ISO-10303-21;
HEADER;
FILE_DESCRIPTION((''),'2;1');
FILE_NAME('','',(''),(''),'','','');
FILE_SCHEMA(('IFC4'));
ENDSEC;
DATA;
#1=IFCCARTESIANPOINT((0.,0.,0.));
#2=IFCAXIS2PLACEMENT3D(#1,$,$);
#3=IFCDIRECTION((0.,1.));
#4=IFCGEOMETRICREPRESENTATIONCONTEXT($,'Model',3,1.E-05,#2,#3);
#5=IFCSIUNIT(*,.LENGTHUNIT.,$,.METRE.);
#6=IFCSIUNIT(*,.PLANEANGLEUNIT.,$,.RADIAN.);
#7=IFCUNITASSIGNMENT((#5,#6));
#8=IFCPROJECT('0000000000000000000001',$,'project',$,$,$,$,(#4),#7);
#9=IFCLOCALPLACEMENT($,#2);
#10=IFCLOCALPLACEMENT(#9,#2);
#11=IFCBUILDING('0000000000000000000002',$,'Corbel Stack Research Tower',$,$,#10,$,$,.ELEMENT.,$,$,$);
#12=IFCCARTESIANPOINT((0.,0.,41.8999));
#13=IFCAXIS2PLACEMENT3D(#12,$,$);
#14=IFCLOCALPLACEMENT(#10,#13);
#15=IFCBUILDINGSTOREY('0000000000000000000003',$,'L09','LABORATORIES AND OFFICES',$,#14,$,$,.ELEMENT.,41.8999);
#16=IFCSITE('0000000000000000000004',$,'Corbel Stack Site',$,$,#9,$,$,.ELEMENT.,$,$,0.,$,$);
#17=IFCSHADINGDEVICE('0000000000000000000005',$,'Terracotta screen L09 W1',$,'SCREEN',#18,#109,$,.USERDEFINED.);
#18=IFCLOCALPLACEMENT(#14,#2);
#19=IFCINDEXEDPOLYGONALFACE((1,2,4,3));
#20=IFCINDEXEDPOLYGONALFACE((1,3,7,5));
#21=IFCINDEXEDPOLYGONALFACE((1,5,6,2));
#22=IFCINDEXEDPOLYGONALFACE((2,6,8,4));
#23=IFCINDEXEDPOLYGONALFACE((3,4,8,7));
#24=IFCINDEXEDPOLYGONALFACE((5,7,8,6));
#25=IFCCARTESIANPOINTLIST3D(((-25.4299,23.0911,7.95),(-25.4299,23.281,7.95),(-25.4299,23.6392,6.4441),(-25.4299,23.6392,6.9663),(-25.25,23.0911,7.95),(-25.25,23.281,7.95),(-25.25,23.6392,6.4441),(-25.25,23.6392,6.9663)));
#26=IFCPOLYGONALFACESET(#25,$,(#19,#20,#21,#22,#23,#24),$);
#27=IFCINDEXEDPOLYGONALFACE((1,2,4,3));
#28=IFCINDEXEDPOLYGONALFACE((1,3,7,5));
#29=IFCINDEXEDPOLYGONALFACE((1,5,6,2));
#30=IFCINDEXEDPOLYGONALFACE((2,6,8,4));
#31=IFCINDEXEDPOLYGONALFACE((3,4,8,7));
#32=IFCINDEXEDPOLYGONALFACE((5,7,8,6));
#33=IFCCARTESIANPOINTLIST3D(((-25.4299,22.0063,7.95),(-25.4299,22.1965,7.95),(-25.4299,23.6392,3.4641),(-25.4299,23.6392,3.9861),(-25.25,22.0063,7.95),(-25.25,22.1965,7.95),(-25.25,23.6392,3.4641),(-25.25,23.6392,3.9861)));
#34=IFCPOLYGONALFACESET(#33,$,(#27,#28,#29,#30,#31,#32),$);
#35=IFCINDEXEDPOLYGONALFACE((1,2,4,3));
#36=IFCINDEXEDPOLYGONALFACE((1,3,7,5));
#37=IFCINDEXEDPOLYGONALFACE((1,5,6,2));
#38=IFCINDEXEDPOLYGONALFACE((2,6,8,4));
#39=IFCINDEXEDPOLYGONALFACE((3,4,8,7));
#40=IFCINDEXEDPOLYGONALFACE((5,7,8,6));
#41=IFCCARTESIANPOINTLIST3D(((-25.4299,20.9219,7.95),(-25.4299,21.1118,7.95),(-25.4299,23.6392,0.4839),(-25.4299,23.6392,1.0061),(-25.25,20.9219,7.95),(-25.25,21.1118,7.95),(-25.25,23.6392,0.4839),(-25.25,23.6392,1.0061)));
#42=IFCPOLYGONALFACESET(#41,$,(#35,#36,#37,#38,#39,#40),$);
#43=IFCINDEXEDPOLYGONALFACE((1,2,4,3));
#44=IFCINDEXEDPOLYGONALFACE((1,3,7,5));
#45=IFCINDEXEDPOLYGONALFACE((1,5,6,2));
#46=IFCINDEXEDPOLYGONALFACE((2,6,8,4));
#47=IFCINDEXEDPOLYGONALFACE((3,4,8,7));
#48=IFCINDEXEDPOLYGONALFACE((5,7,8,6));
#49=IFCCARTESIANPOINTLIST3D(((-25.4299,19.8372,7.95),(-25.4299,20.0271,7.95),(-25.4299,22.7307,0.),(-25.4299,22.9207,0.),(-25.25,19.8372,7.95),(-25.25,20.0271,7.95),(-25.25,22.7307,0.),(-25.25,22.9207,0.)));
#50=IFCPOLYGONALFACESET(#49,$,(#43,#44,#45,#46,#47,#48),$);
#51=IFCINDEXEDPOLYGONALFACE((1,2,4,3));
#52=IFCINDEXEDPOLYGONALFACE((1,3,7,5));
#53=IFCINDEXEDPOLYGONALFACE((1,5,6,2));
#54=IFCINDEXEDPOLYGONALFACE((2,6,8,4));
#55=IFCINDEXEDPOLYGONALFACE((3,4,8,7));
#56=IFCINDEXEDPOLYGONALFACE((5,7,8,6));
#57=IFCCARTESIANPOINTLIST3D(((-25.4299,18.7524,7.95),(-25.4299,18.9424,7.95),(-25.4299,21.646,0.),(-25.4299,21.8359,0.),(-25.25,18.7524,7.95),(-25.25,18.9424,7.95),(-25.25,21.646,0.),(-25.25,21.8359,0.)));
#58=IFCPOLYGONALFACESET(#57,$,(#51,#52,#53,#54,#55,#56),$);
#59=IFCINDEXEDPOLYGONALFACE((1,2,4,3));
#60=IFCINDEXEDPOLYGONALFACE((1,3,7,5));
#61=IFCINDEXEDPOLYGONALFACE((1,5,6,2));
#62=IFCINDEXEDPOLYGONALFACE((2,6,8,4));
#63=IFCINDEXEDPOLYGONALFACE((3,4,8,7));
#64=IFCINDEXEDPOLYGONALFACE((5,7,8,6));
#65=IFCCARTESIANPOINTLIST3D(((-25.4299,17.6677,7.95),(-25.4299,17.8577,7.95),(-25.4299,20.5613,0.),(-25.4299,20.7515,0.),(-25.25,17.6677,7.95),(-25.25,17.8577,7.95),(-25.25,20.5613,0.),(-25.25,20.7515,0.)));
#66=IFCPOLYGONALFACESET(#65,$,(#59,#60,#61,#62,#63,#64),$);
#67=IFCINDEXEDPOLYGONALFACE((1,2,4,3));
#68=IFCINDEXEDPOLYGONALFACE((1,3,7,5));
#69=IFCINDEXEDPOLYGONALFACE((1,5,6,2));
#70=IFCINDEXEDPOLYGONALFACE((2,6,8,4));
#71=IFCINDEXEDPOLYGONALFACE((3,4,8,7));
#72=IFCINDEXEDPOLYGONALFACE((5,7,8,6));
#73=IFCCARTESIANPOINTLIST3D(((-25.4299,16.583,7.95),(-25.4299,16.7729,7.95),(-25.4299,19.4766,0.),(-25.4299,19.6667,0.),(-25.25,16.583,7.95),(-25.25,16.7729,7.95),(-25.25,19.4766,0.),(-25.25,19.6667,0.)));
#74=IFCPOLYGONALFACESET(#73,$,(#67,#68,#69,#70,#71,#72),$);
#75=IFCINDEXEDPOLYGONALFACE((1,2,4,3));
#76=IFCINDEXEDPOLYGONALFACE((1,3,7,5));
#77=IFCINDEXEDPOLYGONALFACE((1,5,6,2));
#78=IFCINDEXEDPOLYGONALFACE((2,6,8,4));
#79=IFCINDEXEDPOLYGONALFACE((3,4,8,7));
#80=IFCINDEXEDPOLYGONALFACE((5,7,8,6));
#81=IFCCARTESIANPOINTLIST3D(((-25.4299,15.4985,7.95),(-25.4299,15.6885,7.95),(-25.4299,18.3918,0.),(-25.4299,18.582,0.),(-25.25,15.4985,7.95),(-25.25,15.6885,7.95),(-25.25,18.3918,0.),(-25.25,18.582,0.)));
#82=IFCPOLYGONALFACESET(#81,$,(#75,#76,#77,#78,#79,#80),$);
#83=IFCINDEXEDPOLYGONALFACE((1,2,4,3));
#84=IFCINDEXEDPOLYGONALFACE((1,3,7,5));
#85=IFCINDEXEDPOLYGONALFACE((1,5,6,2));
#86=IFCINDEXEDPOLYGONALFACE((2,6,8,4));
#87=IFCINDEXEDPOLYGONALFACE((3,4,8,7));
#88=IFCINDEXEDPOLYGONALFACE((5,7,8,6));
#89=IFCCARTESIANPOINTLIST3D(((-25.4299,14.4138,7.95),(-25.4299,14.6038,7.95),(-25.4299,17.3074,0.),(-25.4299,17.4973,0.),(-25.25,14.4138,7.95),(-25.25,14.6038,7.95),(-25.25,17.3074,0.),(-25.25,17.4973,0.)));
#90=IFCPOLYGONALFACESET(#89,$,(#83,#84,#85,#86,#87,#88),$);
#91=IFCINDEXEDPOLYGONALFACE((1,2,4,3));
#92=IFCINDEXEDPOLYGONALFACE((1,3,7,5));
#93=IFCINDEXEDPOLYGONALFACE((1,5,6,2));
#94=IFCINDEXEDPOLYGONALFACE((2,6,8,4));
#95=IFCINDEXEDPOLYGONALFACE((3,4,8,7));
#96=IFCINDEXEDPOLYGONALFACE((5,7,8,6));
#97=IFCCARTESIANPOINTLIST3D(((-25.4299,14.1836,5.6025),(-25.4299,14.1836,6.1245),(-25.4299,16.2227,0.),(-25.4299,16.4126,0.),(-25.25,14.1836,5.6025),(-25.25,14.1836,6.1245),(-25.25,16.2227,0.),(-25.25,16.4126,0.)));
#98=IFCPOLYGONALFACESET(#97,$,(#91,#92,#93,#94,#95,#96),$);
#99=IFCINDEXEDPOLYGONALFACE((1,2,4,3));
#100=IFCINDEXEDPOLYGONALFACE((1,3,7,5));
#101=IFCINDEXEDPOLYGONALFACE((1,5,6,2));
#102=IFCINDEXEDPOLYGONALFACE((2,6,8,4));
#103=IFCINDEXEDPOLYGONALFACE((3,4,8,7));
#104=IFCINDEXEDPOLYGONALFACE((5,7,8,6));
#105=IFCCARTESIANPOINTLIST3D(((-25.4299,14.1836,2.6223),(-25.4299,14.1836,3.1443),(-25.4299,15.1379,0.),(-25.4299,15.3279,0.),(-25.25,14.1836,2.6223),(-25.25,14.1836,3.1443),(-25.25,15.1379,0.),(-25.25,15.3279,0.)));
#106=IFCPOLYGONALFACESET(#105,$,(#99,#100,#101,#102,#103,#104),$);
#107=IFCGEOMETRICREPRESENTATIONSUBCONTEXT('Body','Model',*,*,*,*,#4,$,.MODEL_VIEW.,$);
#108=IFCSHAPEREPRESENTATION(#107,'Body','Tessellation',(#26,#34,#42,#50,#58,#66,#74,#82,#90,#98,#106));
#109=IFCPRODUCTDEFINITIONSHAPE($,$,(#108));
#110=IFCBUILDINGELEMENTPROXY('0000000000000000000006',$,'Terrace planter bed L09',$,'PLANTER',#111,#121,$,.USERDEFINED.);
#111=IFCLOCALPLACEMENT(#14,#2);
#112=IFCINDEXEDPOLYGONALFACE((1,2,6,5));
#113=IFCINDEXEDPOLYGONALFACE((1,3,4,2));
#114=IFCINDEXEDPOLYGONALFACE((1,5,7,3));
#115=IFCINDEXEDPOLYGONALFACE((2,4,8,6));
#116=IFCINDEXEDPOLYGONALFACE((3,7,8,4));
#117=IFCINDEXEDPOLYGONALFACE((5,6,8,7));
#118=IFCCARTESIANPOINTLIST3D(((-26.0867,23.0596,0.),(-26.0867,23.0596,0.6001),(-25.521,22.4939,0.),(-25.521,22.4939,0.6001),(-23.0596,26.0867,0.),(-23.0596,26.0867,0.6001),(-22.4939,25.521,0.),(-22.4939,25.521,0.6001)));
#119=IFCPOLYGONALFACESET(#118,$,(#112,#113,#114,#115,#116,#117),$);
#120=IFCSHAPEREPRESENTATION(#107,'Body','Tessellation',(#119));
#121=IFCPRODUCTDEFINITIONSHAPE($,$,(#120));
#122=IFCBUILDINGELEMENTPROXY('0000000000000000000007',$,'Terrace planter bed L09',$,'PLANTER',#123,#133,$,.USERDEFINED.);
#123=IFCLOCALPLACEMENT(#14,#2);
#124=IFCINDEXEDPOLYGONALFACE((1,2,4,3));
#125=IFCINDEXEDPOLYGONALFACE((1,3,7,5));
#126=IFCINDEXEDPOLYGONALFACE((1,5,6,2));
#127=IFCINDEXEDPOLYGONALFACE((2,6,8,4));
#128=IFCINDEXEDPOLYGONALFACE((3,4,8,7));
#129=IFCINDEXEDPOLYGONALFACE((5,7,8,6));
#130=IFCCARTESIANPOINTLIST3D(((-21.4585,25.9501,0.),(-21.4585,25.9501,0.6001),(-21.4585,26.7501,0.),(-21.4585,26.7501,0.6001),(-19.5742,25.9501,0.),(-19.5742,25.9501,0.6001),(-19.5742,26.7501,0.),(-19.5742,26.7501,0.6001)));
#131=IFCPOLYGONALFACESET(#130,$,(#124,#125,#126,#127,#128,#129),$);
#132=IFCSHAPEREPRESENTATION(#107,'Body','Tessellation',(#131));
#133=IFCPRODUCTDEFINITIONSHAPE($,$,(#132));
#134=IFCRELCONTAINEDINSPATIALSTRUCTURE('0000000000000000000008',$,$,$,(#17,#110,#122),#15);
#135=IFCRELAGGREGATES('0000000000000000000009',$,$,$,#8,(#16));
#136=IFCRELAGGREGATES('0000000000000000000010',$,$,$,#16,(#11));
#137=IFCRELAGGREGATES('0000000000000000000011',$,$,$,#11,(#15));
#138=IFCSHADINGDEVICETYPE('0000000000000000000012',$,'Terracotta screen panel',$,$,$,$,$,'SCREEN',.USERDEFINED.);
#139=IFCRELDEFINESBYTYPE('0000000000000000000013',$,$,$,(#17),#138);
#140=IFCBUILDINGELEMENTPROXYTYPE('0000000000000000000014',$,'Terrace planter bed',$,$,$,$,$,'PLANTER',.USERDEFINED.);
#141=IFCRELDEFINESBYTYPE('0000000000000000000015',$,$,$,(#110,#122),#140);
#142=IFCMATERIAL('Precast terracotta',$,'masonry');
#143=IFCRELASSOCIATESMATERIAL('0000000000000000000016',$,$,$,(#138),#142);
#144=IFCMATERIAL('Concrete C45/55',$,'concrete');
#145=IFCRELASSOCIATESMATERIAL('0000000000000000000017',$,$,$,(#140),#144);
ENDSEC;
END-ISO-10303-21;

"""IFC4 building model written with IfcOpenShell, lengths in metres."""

from ifc_helpers import new_model, si_unit, direction, frame, origin, origin_2d, place, context, subcontext, project, spatial, polyline, rectangle, outline, extrude, source, transform, mapped, material, type_object, element, save


model = new_model("IFC4")

# Units and contexts
model_context = context("Model", 3, precision=1e-05, world=origin(), true_north=direction((0.0, 1.0)))
body_context = subcontext(model_context, "Body", "Model", "MODEL_VIEW")
ifc_project = project(units=[si_unit("LENGTHUNIT", "METRE"), si_unit("PLANEANGLEUNIT", "RADIAN")], contexts=[model_context])

# Site, building, storey
site_placement = place(None, origin())
site = spatial("IfcSite", under=ifc_project, at=site_placement, Name="Corbel Stack Site", CompositionType="ELEMENT", RefElevation=0.0)
building_placement = place(site_placement, origin())
building = spatial("IfcBuilding", under=site, at=building_placement, Name="Corbel Stack Research Tower", CompositionType="ELEMENT")
storey_placement = place(building_placement, frame((0.0, 0.0, 41.8999)))
storey = spatial("IfcBuildingStorey", under=building, at=storey_placement, Name="L09", Description="LABORATORIES AND OFFICES", CompositionType="ELEMENT", Elevation=41.8999)

# Shading device
ifc_material_1 = material(Name="Precast terracotta", Category="masonry")
shading_device_type = type_object("IfcShadingDeviceType", Name="Terracotta screen panel", ElementType="SCREEN", PredefinedType="USERDEFINED", material=ifc_material_1)
shared_shape = source(origin(), body_context, "Body", "SweptSolid", [
    extrude(outline(polyline([(0.5481, 7.95), (0.3582, 7.95), (0.0, 6.9663), (0.0, 6.4441), (0.5481, 7.95)])), frame((0.0, 0.0, 0.0), z_axis=(0.0, -1.0, 0.0), x_axis=(1.0, 0.0, 0.0)), (0.0, 0.0, 1.0), 0.1799),
    extrude(outline(polyline([(1.6328, 7.95), (1.4426, 7.95), (0.0, 3.9861), (0.0, 3.4641), (1.6328, 7.95)])), frame((0.0, 0.0, 0.0), z_axis=(0.0, -1.0, 0.0), x_axis=(1.0, 0.0, 0.0)), (0.0, 0.0, 1.0), 0.1799),
    extrude(outline(polyline([(2.7173, 7.95), (2.5273, 7.95), (0.0, 1.0061), (0.0, 0.4839), (2.7173, 7.95)])), frame((0.0, 0.0, 0.0), z_axis=(0.0, -1.0, 0.0), x_axis=(1.0, 0.0, 0.0)), (0.0, 0.0, 1.0), 0.1799),
    extrude(outline(polyline([(0.9084, 0.0), (3.802, 7.95), (3.6121, 7.95), (0.7185, 0.0), (0.9084, 0.0)])), frame((0.0, 0.0, 0.0), z_axis=(0.0, -1.0, 0.0), x_axis=(1.0, 0.0, 0.0)), (0.0, 0.0, 1.0), 0.1799),
    extrude(outline(polyline([(1.9932, 0.0), (4.8867, 7.95), (4.6968, 7.95), (1.8032, 0.0), (1.9932, 0.0)])), frame((0.0, 0.0, 0.0), z_axis=(0.0, -1.0, 0.0), x_axis=(1.0, 0.0, 0.0)), (0.0, 0.0, 1.0), 0.1799),
    extrude(outline(polyline([(3.0779, 0.0), (5.9714, 7.95), (5.7815, 7.95), (2.8877, 0.0), (3.0779, 0.0)])), frame((0.0, 0.0, 0.0), z_axis=(0.0, -1.0, 0.0), x_axis=(1.0, 0.0, 0.0)), (0.0, 0.0, 1.0), 0.1799),
    extrude(outline(polyline([(4.1626, 0.0), (7.0562, 7.95), (6.8662, 7.95), (3.9724, 0.0), (4.1626, 0.0)])), frame((0.0, 0.0, 0.0), z_axis=(0.0, -1.0, 0.0), x_axis=(1.0, 0.0, 0.0)), (0.0, 0.0, 1.0), 0.1799),
    extrude(outline(polyline([(5.2473, 0.0), (8.1406, 7.95), (7.9507, 7.95), (5.0571, 0.0), (5.2473, 0.0)])), frame((0.0, 0.0, 0.0), z_axis=(0.0, -1.0, 0.0), x_axis=(1.0, 0.0, 0.0)), (0.0, 0.0, 1.0), 0.1799),
    extrude(outline(polyline([(6.3318, 0.0), (9.2253, 7.95), (9.0354, 7.95), (6.1418, 0.0), (6.3318, 0.0)])), frame((0.0, 0.0, 0.0), z_axis=(0.0, -1.0, 0.0), x_axis=(1.0, 0.0, 0.0)), (0.0, 0.0, 1.0), 0.1799),
    extrude(outline(polyline([(7.4165, 0.0), (9.4556, 5.6025), (9.4556, 6.1245), (7.2266, 0.0), (7.4165, 0.0)])), frame((0.0, 0.0, 0.0), z_axis=(0.0, -1.0, 0.0), x_axis=(1.0, 0.0, 0.0)), (0.0, 0.0, 1.0), 0.1799),
    extrude(outline(polyline([(8.5012, 0.0), (9.4556, 2.6223), (9.4556, 3.1443), (8.3113, 0.0), (8.5012, 0.0)])), frame((0.0, 0.0, 0.0), z_axis=(0.0, -1.0, 0.0), x_axis=(1.0, 0.0, 0.0)), (0.0, 0.0, 1.0), 0.1799),
])
shading_device_placement = place(storey_placement, frame((-25.25, 23.6392, 0.0), z_axis=(0.0, 0.0, 1.0), x_axis=(0.0, -1.0, 0.0)))
element("IfcShadingDevice", 1, at=shading_device_placement, inside=storey, type_object=shading_device_type, Name="Terracotta screen L09 W1", ObjectType="SCREEN", PredefinedType="USERDEFINED", context=body_context, shape_type="MappedRepresentation", body=[
    mapped(shared_shape, transform((0.0, 0.0, 0.0))),
])

# Building element proxies
ifc_material_2 = material(Name="Concrete C45/55", Category="concrete")
building_element_proxy_type = type_object("IfcBuildingElementProxyType", Name="Terrace planter bed", ElementType="PLANTER", PredefinedType="USERDEFINED", material=ifc_material_2)
proxy_1_placement = place(storey_placement, frame((-24.2903, 24.2903, 0.0), z_axis=(0.0, 0.0, 1.0), x_axis=(0.707107, 0.707107, 0.0)))
element("IfcBuildingElementProxy", 2, at=proxy_1_placement, inside=storey, type_object=building_element_proxy_type, Name="Terrace planter bed L09", ObjectType="PLANTER", PredefinedType="USERDEFINED", context=body_context, shape_type="SweptSolid", body=[
    extrude(rectangle(XDim=4.281, YDim=0.8, at=origin_2d()), origin(), (0.0, 0.0, 1.0), 0.6001),
])
proxy_2_placement = place(storey_placement, frame((-20.5164, 26.3501, 0.0), z_axis=(0.0, 0.0, 1.0), x_axis=(1.0, 0.0, 0.0)))
element("IfcBuildingElementProxy", 3, at=proxy_2_placement, inside=storey, type_object=building_element_proxy_type, Name="Terrace planter bed L09", ObjectType="PLANTER", PredefinedType="USERDEFINED", context=body_context, shape_type="SweptSolid", body=[
    extrude(rectangle(XDim=1.8843, YDim=0.8, at=origin_2d()), origin(), (0.0, 0.0, 1.0), 0.6001),
])

save(model, "model.ifc")
